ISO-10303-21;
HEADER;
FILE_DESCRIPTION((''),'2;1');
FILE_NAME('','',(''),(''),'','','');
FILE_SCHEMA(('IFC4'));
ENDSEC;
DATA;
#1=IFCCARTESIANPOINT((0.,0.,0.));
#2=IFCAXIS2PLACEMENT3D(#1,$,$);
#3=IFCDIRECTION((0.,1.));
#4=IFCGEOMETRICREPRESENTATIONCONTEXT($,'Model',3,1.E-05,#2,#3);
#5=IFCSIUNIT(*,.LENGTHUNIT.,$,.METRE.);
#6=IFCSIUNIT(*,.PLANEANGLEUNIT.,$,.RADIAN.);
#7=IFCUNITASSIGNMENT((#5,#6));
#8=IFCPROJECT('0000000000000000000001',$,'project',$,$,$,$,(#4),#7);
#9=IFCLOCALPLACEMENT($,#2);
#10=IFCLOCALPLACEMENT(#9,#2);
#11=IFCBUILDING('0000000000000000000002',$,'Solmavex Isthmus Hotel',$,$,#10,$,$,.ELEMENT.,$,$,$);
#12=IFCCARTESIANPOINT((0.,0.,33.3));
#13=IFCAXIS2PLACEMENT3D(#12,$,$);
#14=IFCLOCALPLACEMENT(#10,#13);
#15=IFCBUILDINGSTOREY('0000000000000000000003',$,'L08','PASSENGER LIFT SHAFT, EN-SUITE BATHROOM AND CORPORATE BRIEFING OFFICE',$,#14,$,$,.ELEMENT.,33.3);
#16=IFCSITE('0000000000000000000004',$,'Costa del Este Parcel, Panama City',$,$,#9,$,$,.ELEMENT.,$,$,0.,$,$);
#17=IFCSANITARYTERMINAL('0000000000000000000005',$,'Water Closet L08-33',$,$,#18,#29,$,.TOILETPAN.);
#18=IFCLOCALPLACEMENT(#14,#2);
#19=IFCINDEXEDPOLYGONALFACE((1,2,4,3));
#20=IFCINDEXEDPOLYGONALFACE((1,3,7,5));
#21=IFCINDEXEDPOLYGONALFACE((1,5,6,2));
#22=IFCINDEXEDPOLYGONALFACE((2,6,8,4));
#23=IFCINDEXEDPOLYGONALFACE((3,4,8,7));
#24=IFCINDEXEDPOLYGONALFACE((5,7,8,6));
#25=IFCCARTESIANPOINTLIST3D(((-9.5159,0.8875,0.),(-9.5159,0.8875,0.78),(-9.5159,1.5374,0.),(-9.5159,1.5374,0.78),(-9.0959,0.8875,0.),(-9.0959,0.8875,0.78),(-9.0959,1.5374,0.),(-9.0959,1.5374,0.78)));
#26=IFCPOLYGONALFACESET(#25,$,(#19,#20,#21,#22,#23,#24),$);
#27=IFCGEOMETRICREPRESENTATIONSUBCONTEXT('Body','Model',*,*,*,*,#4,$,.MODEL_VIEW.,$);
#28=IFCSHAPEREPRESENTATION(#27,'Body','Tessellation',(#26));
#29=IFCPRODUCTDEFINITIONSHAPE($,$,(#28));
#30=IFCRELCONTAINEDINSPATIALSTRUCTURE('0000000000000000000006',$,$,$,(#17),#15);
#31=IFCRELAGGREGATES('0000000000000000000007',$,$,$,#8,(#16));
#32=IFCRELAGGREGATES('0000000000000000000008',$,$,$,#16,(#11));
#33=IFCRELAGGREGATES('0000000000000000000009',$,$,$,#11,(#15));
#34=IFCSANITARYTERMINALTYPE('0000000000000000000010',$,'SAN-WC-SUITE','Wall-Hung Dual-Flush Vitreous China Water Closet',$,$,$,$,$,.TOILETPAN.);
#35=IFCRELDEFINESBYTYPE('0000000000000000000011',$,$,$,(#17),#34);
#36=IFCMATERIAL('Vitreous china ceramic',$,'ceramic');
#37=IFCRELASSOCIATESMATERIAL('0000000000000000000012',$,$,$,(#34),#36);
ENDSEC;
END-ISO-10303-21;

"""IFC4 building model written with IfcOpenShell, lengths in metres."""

from ifc_helpers import new_model, si_unit, direction, frame, origin, origin_2d, place, context, subcontext, project, spatial, rectangle, extrude, material, type_object, element, save


model = new_model("IFC4")

# Units and contexts
model_context = context("Model", 3, precision=1e-05, world=origin(), true_north=direction((0.0, 1.0)))
body_context = subcontext(model_context, "Body", "Model", "MODEL_VIEW")
ifc_project = project(units=[si_unit("LENGTHUNIT", "METRE"), si_unit("PLANEANGLEUNIT", "RADIAN")], contexts=[model_context])

# Site, building, storey
site_placement = place(None, origin())
site = spatial("IfcSite", under=ifc_project, at=site_placement, Name="Costa del Este Parcel, Panama City", CompositionType="ELEMENT", RefElevation=0.0)
building_placement = place(site_placement, origin())
building = spatial("IfcBuilding", under=site, at=building_placement, Name="Solmavex Isthmus Hotel", CompositionType="ELEMENT")
storey_placement = place(building_placement, frame((0.0, 0.0, 33.3)))
storey = spatial("IfcBuildingStorey", under=building, at=storey_placement, Name="L08", Description="PASSENGER LIFT SHAFT, EN-SUITE BATHROOM AND CORPORATE BRIEFING OFFICE", CompositionType="ELEMENT", Elevation=33.3)

# Sanitary terminal
ifc_material_1 = material(Name="Vitreous china ceramic", Category="ceramic")
sanitary_terminal_type_1 = type_object("IfcSanitaryTerminalType", Name="SAN-WC-SUITE", Description="Wall-Hung Dual-Flush Vitreous China Water Closet", PredefinedType="TOILETPAN", material=ifc_material_1)
sanitary_terminal_1_placement = place(storey_placement, frame((-9.3059, 1.2124, 0.0), z_axis=(0.0, 0.0, 1.0), x_axis=(1.0, 0.0, 0.0)))
element("IfcSanitaryTerminal", 1, at=sanitary_terminal_1_placement, inside=storey, type_object=sanitary_terminal_type_1, Name="Water Closet L08-33", PredefinedType="TOILETPAN", context=body_context, shape_type="SweptSolid", body=[
    extrude(rectangle(XDim=0.4199, YDim=0.6499, at=origin_2d()), origin(), (0.0, 0.0, 1.0), 0.78),
])

save(model, "model.ifc")
